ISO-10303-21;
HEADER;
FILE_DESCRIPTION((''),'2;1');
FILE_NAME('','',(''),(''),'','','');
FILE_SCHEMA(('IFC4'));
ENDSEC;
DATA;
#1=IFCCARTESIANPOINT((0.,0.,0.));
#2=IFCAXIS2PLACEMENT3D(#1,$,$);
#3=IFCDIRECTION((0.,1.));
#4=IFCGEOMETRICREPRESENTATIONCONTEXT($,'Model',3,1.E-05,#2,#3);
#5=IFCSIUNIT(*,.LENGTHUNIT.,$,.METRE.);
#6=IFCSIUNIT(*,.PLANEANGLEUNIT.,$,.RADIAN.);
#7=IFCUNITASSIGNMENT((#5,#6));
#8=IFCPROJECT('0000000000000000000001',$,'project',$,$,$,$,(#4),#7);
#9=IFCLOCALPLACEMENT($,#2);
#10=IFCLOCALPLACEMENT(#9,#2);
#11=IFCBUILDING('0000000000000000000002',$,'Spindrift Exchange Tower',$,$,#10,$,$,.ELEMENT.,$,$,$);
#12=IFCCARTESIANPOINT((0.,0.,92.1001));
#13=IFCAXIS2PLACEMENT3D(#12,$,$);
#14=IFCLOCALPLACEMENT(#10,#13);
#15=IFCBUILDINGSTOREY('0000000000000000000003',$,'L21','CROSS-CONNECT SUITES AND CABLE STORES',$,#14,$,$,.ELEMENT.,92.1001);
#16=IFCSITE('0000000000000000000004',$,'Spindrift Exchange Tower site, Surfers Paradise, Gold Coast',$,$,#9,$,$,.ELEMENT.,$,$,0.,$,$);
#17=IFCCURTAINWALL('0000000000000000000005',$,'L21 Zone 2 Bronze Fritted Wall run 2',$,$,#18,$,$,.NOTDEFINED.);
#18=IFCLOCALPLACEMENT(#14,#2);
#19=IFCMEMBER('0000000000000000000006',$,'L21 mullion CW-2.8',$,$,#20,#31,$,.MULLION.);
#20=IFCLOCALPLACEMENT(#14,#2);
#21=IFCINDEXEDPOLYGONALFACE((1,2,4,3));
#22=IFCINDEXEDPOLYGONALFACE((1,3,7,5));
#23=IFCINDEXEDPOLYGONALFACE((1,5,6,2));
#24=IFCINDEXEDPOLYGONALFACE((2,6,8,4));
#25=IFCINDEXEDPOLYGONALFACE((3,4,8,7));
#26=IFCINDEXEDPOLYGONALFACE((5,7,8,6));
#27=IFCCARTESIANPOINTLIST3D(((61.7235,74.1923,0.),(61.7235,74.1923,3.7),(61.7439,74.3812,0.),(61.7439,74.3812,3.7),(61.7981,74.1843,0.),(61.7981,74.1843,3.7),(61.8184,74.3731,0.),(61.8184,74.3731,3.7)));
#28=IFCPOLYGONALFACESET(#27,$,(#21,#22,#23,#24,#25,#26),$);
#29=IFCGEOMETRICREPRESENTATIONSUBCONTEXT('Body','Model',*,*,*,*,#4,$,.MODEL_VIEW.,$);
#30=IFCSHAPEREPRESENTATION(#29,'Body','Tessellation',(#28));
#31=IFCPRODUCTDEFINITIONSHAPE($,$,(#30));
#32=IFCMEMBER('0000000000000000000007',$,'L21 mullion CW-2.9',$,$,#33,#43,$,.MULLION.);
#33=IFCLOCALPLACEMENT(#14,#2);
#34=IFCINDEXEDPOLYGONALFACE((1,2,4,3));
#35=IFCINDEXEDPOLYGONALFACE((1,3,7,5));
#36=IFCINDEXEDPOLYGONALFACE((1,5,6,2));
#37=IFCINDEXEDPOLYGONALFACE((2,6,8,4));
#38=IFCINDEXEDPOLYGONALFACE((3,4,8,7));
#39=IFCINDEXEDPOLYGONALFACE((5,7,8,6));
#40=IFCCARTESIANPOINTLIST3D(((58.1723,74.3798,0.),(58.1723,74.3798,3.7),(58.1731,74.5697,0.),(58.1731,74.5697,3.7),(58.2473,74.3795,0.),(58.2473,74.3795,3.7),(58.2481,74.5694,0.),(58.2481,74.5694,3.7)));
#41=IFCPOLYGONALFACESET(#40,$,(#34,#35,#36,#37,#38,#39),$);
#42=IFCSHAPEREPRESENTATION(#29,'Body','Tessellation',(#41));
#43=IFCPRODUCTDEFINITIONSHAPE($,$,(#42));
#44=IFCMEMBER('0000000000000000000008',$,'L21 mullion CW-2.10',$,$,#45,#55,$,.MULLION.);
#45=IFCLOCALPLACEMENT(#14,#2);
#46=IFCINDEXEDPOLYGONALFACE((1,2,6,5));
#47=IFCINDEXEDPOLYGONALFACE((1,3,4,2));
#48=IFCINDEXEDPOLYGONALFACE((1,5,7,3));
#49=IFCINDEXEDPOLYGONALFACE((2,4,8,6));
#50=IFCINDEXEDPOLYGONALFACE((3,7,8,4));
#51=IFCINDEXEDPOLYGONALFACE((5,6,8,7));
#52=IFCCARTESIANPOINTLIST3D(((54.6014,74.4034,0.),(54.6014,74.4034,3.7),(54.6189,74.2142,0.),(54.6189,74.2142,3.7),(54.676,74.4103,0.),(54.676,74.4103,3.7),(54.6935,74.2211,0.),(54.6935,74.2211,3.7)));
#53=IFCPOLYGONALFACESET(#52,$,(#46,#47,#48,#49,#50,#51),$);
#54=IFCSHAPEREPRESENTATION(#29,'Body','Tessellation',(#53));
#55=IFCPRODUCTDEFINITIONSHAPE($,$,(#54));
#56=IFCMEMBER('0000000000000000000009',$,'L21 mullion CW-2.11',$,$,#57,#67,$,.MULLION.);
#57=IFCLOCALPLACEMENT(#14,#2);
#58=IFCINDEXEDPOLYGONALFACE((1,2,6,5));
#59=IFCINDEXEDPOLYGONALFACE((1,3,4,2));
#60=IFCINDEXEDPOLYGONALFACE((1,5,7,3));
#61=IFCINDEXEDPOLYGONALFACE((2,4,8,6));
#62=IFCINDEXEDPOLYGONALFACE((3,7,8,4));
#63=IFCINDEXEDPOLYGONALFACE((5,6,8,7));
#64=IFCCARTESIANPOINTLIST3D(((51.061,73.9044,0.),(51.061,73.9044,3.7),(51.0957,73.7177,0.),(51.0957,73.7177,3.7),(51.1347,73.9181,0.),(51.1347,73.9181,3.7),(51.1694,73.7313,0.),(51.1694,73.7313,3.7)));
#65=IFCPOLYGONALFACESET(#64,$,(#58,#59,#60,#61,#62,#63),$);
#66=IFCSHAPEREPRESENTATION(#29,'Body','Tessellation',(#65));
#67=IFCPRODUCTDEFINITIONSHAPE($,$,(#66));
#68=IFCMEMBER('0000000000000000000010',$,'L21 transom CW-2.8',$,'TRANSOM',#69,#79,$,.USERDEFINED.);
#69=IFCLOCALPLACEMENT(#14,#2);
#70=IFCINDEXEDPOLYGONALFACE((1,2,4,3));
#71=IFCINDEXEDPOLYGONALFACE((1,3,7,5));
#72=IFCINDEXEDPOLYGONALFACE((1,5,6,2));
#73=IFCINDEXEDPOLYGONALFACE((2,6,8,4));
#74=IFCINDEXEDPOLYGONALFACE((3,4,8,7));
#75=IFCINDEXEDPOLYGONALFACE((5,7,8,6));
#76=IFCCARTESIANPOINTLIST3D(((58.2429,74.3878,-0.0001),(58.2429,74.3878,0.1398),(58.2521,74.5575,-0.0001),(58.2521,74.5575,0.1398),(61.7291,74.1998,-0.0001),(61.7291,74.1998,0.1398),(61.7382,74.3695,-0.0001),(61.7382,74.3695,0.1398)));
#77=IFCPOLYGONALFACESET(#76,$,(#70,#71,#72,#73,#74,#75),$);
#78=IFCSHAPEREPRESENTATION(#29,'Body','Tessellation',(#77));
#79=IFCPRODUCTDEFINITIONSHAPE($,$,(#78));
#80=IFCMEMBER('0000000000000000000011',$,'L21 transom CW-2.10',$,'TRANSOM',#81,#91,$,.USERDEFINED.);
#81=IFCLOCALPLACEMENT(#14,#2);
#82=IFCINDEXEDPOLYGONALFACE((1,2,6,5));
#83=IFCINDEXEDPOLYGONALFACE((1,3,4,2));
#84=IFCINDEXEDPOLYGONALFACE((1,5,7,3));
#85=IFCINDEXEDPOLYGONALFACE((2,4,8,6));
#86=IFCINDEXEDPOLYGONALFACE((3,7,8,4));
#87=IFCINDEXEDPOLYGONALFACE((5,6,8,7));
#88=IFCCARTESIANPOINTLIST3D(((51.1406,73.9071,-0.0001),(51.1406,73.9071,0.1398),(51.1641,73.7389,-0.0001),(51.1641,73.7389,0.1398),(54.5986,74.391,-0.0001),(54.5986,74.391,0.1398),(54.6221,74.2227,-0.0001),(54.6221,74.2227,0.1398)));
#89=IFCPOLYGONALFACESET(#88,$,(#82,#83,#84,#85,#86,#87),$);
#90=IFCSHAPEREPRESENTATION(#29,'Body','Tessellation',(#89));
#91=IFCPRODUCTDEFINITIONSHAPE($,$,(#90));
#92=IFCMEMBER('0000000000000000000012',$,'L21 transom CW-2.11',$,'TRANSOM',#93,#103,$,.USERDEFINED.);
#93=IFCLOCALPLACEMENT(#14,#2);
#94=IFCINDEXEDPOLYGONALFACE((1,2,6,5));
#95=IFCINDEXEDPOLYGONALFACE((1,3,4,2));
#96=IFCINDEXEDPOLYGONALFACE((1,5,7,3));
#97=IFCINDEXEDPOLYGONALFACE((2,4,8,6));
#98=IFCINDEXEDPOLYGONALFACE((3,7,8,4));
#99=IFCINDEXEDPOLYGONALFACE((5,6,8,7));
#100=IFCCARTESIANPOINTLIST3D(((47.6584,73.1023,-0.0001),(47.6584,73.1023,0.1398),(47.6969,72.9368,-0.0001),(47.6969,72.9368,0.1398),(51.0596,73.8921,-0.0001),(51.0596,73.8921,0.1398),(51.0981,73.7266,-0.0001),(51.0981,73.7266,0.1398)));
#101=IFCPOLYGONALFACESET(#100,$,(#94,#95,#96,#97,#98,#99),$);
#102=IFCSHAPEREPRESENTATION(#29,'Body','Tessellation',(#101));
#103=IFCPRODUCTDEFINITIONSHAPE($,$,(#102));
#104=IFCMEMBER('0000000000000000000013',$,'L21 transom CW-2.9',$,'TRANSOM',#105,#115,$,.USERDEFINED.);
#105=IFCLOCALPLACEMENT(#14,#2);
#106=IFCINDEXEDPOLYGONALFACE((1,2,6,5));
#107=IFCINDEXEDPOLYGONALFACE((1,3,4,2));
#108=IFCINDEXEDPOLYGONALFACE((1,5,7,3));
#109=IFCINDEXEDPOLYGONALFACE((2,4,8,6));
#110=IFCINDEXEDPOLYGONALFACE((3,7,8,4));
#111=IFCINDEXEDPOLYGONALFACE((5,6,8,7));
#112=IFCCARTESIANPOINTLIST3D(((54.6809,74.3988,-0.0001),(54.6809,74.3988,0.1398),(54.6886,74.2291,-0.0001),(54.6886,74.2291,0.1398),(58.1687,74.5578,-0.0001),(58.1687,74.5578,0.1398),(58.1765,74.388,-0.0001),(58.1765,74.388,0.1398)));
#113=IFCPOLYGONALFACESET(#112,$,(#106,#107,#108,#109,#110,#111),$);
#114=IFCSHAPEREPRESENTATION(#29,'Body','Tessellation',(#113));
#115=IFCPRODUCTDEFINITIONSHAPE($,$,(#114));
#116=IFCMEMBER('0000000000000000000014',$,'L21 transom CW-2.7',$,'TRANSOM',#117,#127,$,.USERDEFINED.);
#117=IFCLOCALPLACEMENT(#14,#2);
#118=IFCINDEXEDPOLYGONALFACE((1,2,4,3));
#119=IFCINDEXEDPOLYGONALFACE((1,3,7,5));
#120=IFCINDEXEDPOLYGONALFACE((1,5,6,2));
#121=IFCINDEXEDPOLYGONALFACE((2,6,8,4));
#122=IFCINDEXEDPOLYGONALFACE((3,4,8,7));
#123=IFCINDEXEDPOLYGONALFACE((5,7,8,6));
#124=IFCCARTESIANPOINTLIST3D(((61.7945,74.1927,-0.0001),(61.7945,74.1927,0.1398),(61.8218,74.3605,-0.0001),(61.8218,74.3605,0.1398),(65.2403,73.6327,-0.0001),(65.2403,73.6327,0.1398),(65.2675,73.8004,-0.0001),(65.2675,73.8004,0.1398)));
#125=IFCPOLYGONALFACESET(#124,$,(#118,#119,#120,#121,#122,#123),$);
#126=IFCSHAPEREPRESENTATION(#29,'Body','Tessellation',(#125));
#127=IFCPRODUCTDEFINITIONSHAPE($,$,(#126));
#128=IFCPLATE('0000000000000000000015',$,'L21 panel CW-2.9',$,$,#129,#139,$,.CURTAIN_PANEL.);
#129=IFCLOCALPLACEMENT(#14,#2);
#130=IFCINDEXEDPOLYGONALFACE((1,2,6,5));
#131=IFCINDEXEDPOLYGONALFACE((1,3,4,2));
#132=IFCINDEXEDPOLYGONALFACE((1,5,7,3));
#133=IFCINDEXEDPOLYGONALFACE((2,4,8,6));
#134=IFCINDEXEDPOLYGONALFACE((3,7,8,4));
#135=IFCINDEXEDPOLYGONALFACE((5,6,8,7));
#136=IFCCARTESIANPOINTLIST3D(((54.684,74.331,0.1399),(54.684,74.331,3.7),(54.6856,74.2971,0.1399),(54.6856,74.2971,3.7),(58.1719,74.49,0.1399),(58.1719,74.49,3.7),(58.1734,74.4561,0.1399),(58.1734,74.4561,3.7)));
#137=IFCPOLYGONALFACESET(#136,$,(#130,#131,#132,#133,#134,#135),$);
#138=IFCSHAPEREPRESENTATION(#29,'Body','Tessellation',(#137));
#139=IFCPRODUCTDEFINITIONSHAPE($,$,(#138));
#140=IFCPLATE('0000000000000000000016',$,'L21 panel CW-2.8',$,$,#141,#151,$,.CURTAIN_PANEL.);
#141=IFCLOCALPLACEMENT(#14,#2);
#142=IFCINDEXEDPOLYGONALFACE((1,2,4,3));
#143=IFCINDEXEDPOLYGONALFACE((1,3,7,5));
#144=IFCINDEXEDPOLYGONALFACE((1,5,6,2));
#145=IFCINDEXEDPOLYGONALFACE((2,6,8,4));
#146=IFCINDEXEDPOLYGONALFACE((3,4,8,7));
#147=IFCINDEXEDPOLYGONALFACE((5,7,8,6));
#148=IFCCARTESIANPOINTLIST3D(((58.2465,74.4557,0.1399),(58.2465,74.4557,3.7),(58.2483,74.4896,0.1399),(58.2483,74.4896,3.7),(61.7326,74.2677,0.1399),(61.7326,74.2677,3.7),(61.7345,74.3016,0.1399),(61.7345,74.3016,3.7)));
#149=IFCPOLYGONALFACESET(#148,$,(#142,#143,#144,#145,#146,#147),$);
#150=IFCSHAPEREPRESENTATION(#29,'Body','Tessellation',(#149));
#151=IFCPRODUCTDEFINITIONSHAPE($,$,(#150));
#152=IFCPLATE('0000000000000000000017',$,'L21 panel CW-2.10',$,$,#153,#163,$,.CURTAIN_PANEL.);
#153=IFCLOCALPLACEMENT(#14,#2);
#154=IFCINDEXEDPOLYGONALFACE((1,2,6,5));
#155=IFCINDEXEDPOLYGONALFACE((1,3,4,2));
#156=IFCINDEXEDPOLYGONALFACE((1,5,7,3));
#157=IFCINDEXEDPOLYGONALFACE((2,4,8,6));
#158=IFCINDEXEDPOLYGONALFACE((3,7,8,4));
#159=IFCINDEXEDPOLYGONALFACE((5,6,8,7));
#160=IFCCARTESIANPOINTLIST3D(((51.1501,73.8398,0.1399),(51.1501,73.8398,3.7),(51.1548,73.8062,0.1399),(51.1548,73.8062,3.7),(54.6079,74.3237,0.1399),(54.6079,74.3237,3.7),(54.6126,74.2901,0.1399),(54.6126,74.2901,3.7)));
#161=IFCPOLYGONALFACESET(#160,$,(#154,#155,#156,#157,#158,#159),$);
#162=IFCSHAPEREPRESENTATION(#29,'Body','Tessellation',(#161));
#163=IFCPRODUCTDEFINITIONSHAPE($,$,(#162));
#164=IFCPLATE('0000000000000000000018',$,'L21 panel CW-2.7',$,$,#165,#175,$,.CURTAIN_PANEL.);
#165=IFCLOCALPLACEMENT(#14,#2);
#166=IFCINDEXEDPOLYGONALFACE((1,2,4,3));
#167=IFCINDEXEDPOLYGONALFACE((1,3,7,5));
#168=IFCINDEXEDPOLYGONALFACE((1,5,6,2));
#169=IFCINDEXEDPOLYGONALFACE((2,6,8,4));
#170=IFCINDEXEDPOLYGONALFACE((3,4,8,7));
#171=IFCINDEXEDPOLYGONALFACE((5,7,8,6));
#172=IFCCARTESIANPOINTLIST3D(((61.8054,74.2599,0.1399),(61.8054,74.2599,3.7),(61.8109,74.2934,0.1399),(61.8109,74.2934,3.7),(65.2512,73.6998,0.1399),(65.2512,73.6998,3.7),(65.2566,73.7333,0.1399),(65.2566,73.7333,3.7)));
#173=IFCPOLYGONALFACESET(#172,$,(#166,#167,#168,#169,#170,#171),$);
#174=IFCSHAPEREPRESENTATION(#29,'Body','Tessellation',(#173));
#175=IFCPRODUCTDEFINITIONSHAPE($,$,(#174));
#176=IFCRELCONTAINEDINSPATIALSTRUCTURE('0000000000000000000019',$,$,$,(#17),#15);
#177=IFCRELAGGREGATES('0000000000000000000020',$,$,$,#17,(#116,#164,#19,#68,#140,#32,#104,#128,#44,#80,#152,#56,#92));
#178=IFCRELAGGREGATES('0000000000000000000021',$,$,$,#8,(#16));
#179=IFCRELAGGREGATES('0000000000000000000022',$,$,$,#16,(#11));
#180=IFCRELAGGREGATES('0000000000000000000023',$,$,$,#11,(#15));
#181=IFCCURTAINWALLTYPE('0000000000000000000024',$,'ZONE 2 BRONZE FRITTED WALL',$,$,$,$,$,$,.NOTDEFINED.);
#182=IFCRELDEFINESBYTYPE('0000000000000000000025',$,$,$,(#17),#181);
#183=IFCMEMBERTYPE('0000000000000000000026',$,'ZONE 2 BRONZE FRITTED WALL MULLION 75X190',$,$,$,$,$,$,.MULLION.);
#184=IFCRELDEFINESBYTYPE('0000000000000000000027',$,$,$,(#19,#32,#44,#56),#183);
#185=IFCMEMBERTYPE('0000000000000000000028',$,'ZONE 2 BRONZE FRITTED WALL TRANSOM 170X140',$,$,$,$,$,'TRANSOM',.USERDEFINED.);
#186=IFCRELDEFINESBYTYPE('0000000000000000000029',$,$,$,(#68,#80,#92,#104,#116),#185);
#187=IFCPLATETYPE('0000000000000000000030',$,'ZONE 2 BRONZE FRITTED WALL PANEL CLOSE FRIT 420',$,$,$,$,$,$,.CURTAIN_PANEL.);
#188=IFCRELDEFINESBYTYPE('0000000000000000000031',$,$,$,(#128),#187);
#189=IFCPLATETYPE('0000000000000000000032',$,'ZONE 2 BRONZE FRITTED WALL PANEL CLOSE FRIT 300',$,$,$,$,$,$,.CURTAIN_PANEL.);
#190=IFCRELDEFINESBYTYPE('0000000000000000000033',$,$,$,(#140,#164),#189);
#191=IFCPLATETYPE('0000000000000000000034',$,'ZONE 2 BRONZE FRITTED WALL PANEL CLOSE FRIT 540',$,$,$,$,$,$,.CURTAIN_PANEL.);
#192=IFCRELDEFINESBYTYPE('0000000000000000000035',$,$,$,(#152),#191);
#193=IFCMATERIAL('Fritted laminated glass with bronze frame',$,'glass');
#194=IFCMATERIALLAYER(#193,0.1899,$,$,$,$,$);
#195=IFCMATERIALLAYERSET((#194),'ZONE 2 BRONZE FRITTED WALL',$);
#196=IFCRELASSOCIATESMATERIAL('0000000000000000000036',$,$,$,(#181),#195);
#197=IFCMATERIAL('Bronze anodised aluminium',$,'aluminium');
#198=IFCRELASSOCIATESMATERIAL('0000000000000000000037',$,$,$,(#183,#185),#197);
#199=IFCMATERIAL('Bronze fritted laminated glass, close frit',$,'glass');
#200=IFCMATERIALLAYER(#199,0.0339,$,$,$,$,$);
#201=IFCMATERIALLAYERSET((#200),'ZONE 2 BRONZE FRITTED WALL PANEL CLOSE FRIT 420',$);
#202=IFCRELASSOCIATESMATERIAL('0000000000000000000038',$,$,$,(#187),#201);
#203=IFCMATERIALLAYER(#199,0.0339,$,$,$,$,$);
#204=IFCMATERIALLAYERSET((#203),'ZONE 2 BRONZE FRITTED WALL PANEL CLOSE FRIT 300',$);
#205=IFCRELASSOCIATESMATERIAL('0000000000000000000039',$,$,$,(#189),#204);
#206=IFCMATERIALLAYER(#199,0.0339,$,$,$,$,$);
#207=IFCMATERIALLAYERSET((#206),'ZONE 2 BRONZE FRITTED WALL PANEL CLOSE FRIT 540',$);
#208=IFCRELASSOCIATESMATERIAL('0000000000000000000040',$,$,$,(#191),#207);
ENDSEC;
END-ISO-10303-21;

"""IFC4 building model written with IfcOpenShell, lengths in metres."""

from ifc_helpers import new_model, si_unit, direction, frame, origin, origin_2d, place, context, subcontext, project, spatial, rectangle, extrude, source, transform, mapped, material, layer, layer_set, material_profile, profile_set, type_object, element, aggregate, save


model = new_model("IFC4")

# Units and contexts
model_context = context("Model", 3, precision=1e-05, world=origin(), true_north=direction((0.0, 1.0)))
body_context = subcontext(model_context, "Body", "Model", "MODEL_VIEW")
ifc_project = project(units=[si_unit("LENGTHUNIT", "METRE"), si_unit("PLANEANGLEUNIT", "RADIAN")], contexts=[model_context])

# Site, building, storey
site_placement = place(None, origin())
site = spatial("IfcSite", under=ifc_project, at=site_placement, Name="Spindrift Exchange Tower site, Surfers Paradise, Gold Coast", CompositionType="ELEMENT", RefElevation=0.0)
building_placement = place(site_placement, origin())
building = spatial("IfcBuilding", under=site, at=building_placement, Name="Spindrift Exchange Tower", CompositionType="ELEMENT")
storey_placement = place(building_placement, frame((0.0, 0.0, 92.1001)))
storey = spatial("IfcBuildingStorey", under=building, at=storey_placement, Name="L21", Description="CROSS-CONNECT SUITES AND CABLE STORES", CompositionType="ELEMENT", Elevation=92.1001)

# Curtain wall, members, plates
ifc_material_1 = material(Name="Fritted laminated glass with bronze frame", Category="glass")
ifc_layer_1 = layer(ifc_material_1, 0.1899)
ifc_layer_set_1 = layer_set([ifc_layer_1], Name="ZONE 2 BRONZE FRITTED WALL")
curtain_wall_type = type_object("IfcCurtainWallType", Name="ZONE 2 BRONZE FRITTED WALL", PredefinedType="NOTDEFINED", material=ifc_layer_set_1)
curtain_wall_placement = place(storey_placement, origin())
curtain_wall = element("IfcCurtainWall", 1, at=curtain_wall_placement, inside=storey, type_object=curtain_wall_type, Name="L21 Zone 2 Bronze Fritted Wall run 2", PredefinedType="NOTDEFINED")
ifc_material_2 = material(Name="Bronze anodised aluminium", Category="aluminium")
ifc_material_profile_1 = material_profile(ifc_material_2, rectangle(XDim=0.075, YDim=0.1899, at=origin_2d()), Name="ZONE 2 BRONZE FRITTED WALL MULLION 75X190")
ifc_profile_set_1 = profile_set([ifc_material_profile_1], Name="Bronze anodised aluminium")
member_type_1 = type_object("IfcMemberType", Name="ZONE 2 BRONZE FRITTED WALL MULLION 75X190", PredefinedType="MULLION", material=ifc_profile_set_1)
shared_shape_1 = source(origin(), body_context, "Body", "SweptSolid", [
    extrude(rectangle(XDim=0.075, YDim=0.1899, at=origin_2d()), origin(), (0.0, 0.0, 1.0), 3.7),
])
member_1_placement = place(storey_placement, frame((61.771, 74.2827, 0.0), z_axis=(0.0, 0.0, 1.0), x_axis=(-0.994228, 0.107292, 0.0)))
member_1 = element("IfcMember", 2, at=member_1_placement, type_object=member_type_1, Name="L21 mullion CW-2.8", PredefinedType="MULLION", context=body_context, shape_type="MappedRepresentation", body=[
    mapped(shared_shape_1, transform((0.0, 0.0, 0.0), scale=1.0)),
])
member_2_placement = place(storey_placement, frame((58.2102, 74.4746, 0.0), z_axis=(0.0, 0.0, 1.0), x_axis=(-0.999991, 0.004143, 0.0)))
member_2 = element("IfcMember", 3, at=member_2_placement, type_object=member_type_1, Name="L21 mullion CW-2.9", PredefinedType="MULLION", context=body_context, shape_type="MappedRepresentation", body=[
    mapped(shared_shape_1, transform((0.0, 0.0, 0.0), scale=1.0)),
])
member_3_placement = place(storey_placement, frame((54.6475, 74.3123, 0.0), z_axis=(0.0, 0.0, 1.0), x_axis=(-0.995742, -0.09218, 0.0)))
member_3 = element("IfcMember", 4, at=member_3_placement, type_object=member_type_1, Name="L21 mullion CW-2.10", PredefinedType="MULLION", context=body_context, shape_type="MappedRepresentation", body=[
    mapped(shared_shape_1, transform((0.0, 0.0, 0.0), scale=1.0)),
])
member_4_placement = place(storey_placement, frame((51.1152, 73.8179, 0.0), z_axis=(0.0, 0.0, 1.0), x_axis=(-0.983191, -0.182582, 0.0)))
member_4 = element("IfcMember", 5, at=member_4_placement, type_object=member_type_1, Name="L21 mullion CW-2.11", PredefinedType="MULLION", context=body_context, shape_type="MappedRepresentation", body=[
    mapped(shared_shape_1, transform((0.0, 0.0, 0.0), scale=1.0)),
])
ifc_material_profile_2 = material_profile(ifc_material_2, rectangle(XDim=0.1699, YDim=0.1399, at=origin_2d()), Name="ZONE 2 BRONZE FRITTED WALL TRANSOM 170X140")
ifc_profile_set_2 = profile_set([ifc_material_profile_2], Name="Bronze anodised aluminium")
member_type_2 = type_object("IfcMemberType", Name="ZONE 2 BRONZE FRITTED WALL TRANSOM 170X140", ElementType="TRANSOM", PredefinedType="USERDEFINED", material=ifc_profile_set_2)
shared_shape_2 = source(origin(), body_context, "Body", "SweptSolid", [
    extrude(rectangle(XDim=0.1699, YDim=0.1399, at=origin_2d()), origin(), (0.0, 0.0, 1.0), 3.4912),
])
member_5_placement = place(storey_placement, frame((61.7336, 74.2847, 0.0698), z_axis=(-0.998549, 0.053847, 0.0), x_axis=(-0.053847, -0.998549, 0.0)))
member_5 = element("IfcMember", 6, at=member_5_placement, type_object=member_type_2, Name="L21 transom CW-2.8", ObjectType="TRANSOM", PredefinedType="USERDEFINED", context=body_context, shape_type="MappedRepresentation", body=[
    mapped(shared_shape_2, transform((0.0, 0.0, 0.0), scale=1.0)),
])
shared_shape_3 = source(origin(), body_context, "Body", "SweptSolid", [
    extrude(rectangle(XDim=0.1699, YDim=0.1399, at=origin_2d()), origin(), (0.0, 0.0, 1.0), 3.4917),
])
member_6_placement = place(storey_placement, frame((54.6104, 74.3069, 0.0698), z_axis=(-0.990351, -0.138582, 0.0), x_axis=(0.138582, -0.990351, 0.0)))
member_6 = element("IfcMember", 7, at=member_6_placement, type_object=member_type_2, Name="L21 transom CW-2.10", ObjectType="TRANSOM", PredefinedType="USERDEFINED", context=body_context, shape_type="MappedRepresentation", body=[
    mapped(shared_shape_3, transform((0.0, 0.0, 0.0), scale=1.0)),
])
member_7_placement = place(storey_placement, frame((51.0789, 73.8093, 0.0698), z_axis=(-0.974082, -0.226197, 0.0), x_axis=(0.226197, -0.974082, 0.0)))
member_7 = element("IfcMember", 8, at=member_7_placement, type_object=member_type_2, Name="L21 transom CW-2.11", ObjectType="TRANSOM", PredefinedType="USERDEFINED", context=body_context, shape_type="MappedRepresentation", body=[
    mapped(shared_shape_3, transform((0.0, 0.0, 0.0), scale=1.0)),
])
shared_shape_4 = source(origin(), body_context, "Body", "SweptSolid", [
    extrude(rectangle(XDim=0.1699, YDim=0.1399, at=origin_2d()), origin(), (0.0, 0.0, 1.0), 3.4915),
])
member_8_placement = place(storey_placement, frame((58.1726, 74.4729, 0.0698), z_axis=(-0.998963, -0.045522, 0.0), x_axis=(0.045522, -0.998963, 0.0)))
member_8 = element("IfcMember", 9, at=member_8_placement, type_object=member_type_2, Name="L21 transom CW-2.9", ObjectType="TRANSOM", PredefinedType="USERDEFINED", context=body_context, shape_type="MappedRepresentation", body=[
    mapped(shared_shape_4, transform((0.0, 0.0, 0.0), scale=1.0)),
])
shared_shape_5 = source(origin(), body_context, "Body", "SweptSolid", [
    extrude(rectangle(XDim=0.1699, YDim=0.1399, at=origin_2d()), origin(), (0.0, 0.0, 1.0), 3.491),
])
member_9_placement = place(storey_placement, frame((65.2539, 73.7166, 0.0698), z_axis=(-0.987047, 0.160428, 0.0), x_axis=(-0.160428, -0.987047, 0.0)))
member_9 = element("IfcMember", 10, at=member_9_placement, type_object=member_type_2, Name="L21 transom CW-2.7", ObjectType="TRANSOM", PredefinedType="USERDEFINED", context=body_context, shape_type="MappedRepresentation", body=[
    mapped(shared_shape_5, transform((0.0, 0.0, 0.0), scale=1.0)),
])
ifc_material_3 = material(Name="Bronze fritted laminated glass, close frit", Category="glass")
ifc_layer_2 = layer(ifc_material_3, 0.0339)
ifc_layer_set_2 = layer_set([ifc_layer_2], Name="ZONE 2 BRONZE FRITTED WALL PANEL CLOSE FRIT 420")
plate_type_1 = type_object("IfcPlateType", Name="ZONE 2 BRONZE FRITTED WALL PANEL CLOSE FRIT 420", PredefinedType="CURTAIN_PANEL", material=ifc_layer_set_2)
shared_shape_6 = source(origin(), body_context, "Body", "SweptSolid", [
    extrude(rectangle(XDim=3.4915, YDim=0.0339, at=origin_2d()), origin(), (0.0, 0.0, 1.0), 3.5601),
])
plate_1_placement = place(storey_placement, frame((56.4287, 74.3936, 0.1399), z_axis=(0.0, 0.0, 1.0), x_axis=(-0.998961, -0.045563, 0.0)))
plate_1 = element("IfcPlate", 11, at=plate_1_placement, type_object=plate_type_1, Name="L21 panel CW-2.9", PredefinedType="CURTAIN_PANEL", context=body_context, shape_type="MappedRepresentation", body=[
    mapped(shared_shape_6, transform((0.0, 0.0, 0.0), scale=1.0)),
])
ifc_layer_3 = layer(ifc_material_3, 0.0339)
ifc_layer_set_3 = layer_set([ifc_layer_3], Name="ZONE 2 BRONZE FRITTED WALL PANEL CLOSE FRIT 300")
plate_type_2 = type_object("IfcPlateType", Name="ZONE 2 BRONZE FRITTED WALL PANEL CLOSE FRIT 300", PredefinedType="CURTAIN_PANEL", material=ifc_layer_set_3)
shared_shape_7 = source(origin(), body_context, "Body", "SweptSolid", [
    extrude(rectangle(XDim=3.4912, YDim=0.0339, at=origin_2d()), origin(), (0.0, 0.0, 1.0), 3.5601),
])
plate_2_placement = place(storey_placement, frame((59.9905, 74.3787, 0.1399), z_axis=(0.0, 0.0, 1.0), x_axis=(-0.99855, 0.05384, 0.0)))
plate_2 = element("IfcPlate", 12, at=plate_2_placement, type_object=plate_type_2, Name="L21 panel CW-2.8", PredefinedType="CURTAIN_PANEL", context=body_context, shape_type="MappedRepresentation", body=[
    mapped(shared_shape_7, transform((0.0, 0.0, 0.0), scale=1.0)),
])
ifc_layer_4 = layer(ifc_material_3, 0.0339)
ifc_layer_set_4 = layer_set([ifc_layer_4], Name="ZONE 2 BRONZE FRITTED WALL PANEL CLOSE FRIT 540")
plate_type_3 = type_object("IfcPlateType", Name="ZONE 2 BRONZE FRITTED WALL PANEL CLOSE FRIT 540", PredefinedType="CURTAIN_PANEL", material=ifc_layer_set_4)
shared_shape_8 = source(origin(), body_context, "Body", "SweptSolid", [
    extrude(rectangle(XDim=3.4915, YDim=0.0339, at=origin_2d()), origin(), (0.0, 0.0, 1.0), 3.5601),
])
plate_3_placement = place(storey_placement, frame((52.8813, 74.0649, 0.1399), z_axis=(0.0, 0.0, 1.0), x_axis=(-0.990349, -0.138594, 0.0)))
plate_3 = element("IfcPlate", 13, at=plate_3_placement, type_object=plate_type_3, Name="L21 panel CW-2.10", PredefinedType="CURTAIN_PANEL", context=body_context, shape_type="MappedRepresentation", body=[
    mapped(shared_shape_8, transform((0.0, 0.0, 0.0), scale=1.0)),
])
shared_shape_9 = source(origin(), body_context, "Body", "SweptSolid", [
    extrude(rectangle(XDim=3.491, YDim=0.0339, at=origin_2d()), origin(), (0.0, 0.0, 1.0), 3.5601),
])
plate_4_placement = place(storey_placement, frame((63.531, 73.9966, 0.1399), z_axis=(0.0, 0.0, 1.0), x_axis=(-0.987046, 0.160436, 0.0)))
plate_4 = element("IfcPlate", 14, at=plate_4_placement, type_object=plate_type_2, Name="L21 panel CW-2.7", PredefinedType="CURTAIN_PANEL", context=body_context, shape_type="MappedRepresentation", body=[
    mapped(shared_shape_9, transform((0.0, 0.0, 0.0), scale=1.0)),
])
aggregate(curtain_wall, [member_9, plate_4, member_1, member_5, plate_2, member_2, member_8, plate_1, member_3, member_6, plate_3, member_4, member_7])

save(model, "model.ifc")
